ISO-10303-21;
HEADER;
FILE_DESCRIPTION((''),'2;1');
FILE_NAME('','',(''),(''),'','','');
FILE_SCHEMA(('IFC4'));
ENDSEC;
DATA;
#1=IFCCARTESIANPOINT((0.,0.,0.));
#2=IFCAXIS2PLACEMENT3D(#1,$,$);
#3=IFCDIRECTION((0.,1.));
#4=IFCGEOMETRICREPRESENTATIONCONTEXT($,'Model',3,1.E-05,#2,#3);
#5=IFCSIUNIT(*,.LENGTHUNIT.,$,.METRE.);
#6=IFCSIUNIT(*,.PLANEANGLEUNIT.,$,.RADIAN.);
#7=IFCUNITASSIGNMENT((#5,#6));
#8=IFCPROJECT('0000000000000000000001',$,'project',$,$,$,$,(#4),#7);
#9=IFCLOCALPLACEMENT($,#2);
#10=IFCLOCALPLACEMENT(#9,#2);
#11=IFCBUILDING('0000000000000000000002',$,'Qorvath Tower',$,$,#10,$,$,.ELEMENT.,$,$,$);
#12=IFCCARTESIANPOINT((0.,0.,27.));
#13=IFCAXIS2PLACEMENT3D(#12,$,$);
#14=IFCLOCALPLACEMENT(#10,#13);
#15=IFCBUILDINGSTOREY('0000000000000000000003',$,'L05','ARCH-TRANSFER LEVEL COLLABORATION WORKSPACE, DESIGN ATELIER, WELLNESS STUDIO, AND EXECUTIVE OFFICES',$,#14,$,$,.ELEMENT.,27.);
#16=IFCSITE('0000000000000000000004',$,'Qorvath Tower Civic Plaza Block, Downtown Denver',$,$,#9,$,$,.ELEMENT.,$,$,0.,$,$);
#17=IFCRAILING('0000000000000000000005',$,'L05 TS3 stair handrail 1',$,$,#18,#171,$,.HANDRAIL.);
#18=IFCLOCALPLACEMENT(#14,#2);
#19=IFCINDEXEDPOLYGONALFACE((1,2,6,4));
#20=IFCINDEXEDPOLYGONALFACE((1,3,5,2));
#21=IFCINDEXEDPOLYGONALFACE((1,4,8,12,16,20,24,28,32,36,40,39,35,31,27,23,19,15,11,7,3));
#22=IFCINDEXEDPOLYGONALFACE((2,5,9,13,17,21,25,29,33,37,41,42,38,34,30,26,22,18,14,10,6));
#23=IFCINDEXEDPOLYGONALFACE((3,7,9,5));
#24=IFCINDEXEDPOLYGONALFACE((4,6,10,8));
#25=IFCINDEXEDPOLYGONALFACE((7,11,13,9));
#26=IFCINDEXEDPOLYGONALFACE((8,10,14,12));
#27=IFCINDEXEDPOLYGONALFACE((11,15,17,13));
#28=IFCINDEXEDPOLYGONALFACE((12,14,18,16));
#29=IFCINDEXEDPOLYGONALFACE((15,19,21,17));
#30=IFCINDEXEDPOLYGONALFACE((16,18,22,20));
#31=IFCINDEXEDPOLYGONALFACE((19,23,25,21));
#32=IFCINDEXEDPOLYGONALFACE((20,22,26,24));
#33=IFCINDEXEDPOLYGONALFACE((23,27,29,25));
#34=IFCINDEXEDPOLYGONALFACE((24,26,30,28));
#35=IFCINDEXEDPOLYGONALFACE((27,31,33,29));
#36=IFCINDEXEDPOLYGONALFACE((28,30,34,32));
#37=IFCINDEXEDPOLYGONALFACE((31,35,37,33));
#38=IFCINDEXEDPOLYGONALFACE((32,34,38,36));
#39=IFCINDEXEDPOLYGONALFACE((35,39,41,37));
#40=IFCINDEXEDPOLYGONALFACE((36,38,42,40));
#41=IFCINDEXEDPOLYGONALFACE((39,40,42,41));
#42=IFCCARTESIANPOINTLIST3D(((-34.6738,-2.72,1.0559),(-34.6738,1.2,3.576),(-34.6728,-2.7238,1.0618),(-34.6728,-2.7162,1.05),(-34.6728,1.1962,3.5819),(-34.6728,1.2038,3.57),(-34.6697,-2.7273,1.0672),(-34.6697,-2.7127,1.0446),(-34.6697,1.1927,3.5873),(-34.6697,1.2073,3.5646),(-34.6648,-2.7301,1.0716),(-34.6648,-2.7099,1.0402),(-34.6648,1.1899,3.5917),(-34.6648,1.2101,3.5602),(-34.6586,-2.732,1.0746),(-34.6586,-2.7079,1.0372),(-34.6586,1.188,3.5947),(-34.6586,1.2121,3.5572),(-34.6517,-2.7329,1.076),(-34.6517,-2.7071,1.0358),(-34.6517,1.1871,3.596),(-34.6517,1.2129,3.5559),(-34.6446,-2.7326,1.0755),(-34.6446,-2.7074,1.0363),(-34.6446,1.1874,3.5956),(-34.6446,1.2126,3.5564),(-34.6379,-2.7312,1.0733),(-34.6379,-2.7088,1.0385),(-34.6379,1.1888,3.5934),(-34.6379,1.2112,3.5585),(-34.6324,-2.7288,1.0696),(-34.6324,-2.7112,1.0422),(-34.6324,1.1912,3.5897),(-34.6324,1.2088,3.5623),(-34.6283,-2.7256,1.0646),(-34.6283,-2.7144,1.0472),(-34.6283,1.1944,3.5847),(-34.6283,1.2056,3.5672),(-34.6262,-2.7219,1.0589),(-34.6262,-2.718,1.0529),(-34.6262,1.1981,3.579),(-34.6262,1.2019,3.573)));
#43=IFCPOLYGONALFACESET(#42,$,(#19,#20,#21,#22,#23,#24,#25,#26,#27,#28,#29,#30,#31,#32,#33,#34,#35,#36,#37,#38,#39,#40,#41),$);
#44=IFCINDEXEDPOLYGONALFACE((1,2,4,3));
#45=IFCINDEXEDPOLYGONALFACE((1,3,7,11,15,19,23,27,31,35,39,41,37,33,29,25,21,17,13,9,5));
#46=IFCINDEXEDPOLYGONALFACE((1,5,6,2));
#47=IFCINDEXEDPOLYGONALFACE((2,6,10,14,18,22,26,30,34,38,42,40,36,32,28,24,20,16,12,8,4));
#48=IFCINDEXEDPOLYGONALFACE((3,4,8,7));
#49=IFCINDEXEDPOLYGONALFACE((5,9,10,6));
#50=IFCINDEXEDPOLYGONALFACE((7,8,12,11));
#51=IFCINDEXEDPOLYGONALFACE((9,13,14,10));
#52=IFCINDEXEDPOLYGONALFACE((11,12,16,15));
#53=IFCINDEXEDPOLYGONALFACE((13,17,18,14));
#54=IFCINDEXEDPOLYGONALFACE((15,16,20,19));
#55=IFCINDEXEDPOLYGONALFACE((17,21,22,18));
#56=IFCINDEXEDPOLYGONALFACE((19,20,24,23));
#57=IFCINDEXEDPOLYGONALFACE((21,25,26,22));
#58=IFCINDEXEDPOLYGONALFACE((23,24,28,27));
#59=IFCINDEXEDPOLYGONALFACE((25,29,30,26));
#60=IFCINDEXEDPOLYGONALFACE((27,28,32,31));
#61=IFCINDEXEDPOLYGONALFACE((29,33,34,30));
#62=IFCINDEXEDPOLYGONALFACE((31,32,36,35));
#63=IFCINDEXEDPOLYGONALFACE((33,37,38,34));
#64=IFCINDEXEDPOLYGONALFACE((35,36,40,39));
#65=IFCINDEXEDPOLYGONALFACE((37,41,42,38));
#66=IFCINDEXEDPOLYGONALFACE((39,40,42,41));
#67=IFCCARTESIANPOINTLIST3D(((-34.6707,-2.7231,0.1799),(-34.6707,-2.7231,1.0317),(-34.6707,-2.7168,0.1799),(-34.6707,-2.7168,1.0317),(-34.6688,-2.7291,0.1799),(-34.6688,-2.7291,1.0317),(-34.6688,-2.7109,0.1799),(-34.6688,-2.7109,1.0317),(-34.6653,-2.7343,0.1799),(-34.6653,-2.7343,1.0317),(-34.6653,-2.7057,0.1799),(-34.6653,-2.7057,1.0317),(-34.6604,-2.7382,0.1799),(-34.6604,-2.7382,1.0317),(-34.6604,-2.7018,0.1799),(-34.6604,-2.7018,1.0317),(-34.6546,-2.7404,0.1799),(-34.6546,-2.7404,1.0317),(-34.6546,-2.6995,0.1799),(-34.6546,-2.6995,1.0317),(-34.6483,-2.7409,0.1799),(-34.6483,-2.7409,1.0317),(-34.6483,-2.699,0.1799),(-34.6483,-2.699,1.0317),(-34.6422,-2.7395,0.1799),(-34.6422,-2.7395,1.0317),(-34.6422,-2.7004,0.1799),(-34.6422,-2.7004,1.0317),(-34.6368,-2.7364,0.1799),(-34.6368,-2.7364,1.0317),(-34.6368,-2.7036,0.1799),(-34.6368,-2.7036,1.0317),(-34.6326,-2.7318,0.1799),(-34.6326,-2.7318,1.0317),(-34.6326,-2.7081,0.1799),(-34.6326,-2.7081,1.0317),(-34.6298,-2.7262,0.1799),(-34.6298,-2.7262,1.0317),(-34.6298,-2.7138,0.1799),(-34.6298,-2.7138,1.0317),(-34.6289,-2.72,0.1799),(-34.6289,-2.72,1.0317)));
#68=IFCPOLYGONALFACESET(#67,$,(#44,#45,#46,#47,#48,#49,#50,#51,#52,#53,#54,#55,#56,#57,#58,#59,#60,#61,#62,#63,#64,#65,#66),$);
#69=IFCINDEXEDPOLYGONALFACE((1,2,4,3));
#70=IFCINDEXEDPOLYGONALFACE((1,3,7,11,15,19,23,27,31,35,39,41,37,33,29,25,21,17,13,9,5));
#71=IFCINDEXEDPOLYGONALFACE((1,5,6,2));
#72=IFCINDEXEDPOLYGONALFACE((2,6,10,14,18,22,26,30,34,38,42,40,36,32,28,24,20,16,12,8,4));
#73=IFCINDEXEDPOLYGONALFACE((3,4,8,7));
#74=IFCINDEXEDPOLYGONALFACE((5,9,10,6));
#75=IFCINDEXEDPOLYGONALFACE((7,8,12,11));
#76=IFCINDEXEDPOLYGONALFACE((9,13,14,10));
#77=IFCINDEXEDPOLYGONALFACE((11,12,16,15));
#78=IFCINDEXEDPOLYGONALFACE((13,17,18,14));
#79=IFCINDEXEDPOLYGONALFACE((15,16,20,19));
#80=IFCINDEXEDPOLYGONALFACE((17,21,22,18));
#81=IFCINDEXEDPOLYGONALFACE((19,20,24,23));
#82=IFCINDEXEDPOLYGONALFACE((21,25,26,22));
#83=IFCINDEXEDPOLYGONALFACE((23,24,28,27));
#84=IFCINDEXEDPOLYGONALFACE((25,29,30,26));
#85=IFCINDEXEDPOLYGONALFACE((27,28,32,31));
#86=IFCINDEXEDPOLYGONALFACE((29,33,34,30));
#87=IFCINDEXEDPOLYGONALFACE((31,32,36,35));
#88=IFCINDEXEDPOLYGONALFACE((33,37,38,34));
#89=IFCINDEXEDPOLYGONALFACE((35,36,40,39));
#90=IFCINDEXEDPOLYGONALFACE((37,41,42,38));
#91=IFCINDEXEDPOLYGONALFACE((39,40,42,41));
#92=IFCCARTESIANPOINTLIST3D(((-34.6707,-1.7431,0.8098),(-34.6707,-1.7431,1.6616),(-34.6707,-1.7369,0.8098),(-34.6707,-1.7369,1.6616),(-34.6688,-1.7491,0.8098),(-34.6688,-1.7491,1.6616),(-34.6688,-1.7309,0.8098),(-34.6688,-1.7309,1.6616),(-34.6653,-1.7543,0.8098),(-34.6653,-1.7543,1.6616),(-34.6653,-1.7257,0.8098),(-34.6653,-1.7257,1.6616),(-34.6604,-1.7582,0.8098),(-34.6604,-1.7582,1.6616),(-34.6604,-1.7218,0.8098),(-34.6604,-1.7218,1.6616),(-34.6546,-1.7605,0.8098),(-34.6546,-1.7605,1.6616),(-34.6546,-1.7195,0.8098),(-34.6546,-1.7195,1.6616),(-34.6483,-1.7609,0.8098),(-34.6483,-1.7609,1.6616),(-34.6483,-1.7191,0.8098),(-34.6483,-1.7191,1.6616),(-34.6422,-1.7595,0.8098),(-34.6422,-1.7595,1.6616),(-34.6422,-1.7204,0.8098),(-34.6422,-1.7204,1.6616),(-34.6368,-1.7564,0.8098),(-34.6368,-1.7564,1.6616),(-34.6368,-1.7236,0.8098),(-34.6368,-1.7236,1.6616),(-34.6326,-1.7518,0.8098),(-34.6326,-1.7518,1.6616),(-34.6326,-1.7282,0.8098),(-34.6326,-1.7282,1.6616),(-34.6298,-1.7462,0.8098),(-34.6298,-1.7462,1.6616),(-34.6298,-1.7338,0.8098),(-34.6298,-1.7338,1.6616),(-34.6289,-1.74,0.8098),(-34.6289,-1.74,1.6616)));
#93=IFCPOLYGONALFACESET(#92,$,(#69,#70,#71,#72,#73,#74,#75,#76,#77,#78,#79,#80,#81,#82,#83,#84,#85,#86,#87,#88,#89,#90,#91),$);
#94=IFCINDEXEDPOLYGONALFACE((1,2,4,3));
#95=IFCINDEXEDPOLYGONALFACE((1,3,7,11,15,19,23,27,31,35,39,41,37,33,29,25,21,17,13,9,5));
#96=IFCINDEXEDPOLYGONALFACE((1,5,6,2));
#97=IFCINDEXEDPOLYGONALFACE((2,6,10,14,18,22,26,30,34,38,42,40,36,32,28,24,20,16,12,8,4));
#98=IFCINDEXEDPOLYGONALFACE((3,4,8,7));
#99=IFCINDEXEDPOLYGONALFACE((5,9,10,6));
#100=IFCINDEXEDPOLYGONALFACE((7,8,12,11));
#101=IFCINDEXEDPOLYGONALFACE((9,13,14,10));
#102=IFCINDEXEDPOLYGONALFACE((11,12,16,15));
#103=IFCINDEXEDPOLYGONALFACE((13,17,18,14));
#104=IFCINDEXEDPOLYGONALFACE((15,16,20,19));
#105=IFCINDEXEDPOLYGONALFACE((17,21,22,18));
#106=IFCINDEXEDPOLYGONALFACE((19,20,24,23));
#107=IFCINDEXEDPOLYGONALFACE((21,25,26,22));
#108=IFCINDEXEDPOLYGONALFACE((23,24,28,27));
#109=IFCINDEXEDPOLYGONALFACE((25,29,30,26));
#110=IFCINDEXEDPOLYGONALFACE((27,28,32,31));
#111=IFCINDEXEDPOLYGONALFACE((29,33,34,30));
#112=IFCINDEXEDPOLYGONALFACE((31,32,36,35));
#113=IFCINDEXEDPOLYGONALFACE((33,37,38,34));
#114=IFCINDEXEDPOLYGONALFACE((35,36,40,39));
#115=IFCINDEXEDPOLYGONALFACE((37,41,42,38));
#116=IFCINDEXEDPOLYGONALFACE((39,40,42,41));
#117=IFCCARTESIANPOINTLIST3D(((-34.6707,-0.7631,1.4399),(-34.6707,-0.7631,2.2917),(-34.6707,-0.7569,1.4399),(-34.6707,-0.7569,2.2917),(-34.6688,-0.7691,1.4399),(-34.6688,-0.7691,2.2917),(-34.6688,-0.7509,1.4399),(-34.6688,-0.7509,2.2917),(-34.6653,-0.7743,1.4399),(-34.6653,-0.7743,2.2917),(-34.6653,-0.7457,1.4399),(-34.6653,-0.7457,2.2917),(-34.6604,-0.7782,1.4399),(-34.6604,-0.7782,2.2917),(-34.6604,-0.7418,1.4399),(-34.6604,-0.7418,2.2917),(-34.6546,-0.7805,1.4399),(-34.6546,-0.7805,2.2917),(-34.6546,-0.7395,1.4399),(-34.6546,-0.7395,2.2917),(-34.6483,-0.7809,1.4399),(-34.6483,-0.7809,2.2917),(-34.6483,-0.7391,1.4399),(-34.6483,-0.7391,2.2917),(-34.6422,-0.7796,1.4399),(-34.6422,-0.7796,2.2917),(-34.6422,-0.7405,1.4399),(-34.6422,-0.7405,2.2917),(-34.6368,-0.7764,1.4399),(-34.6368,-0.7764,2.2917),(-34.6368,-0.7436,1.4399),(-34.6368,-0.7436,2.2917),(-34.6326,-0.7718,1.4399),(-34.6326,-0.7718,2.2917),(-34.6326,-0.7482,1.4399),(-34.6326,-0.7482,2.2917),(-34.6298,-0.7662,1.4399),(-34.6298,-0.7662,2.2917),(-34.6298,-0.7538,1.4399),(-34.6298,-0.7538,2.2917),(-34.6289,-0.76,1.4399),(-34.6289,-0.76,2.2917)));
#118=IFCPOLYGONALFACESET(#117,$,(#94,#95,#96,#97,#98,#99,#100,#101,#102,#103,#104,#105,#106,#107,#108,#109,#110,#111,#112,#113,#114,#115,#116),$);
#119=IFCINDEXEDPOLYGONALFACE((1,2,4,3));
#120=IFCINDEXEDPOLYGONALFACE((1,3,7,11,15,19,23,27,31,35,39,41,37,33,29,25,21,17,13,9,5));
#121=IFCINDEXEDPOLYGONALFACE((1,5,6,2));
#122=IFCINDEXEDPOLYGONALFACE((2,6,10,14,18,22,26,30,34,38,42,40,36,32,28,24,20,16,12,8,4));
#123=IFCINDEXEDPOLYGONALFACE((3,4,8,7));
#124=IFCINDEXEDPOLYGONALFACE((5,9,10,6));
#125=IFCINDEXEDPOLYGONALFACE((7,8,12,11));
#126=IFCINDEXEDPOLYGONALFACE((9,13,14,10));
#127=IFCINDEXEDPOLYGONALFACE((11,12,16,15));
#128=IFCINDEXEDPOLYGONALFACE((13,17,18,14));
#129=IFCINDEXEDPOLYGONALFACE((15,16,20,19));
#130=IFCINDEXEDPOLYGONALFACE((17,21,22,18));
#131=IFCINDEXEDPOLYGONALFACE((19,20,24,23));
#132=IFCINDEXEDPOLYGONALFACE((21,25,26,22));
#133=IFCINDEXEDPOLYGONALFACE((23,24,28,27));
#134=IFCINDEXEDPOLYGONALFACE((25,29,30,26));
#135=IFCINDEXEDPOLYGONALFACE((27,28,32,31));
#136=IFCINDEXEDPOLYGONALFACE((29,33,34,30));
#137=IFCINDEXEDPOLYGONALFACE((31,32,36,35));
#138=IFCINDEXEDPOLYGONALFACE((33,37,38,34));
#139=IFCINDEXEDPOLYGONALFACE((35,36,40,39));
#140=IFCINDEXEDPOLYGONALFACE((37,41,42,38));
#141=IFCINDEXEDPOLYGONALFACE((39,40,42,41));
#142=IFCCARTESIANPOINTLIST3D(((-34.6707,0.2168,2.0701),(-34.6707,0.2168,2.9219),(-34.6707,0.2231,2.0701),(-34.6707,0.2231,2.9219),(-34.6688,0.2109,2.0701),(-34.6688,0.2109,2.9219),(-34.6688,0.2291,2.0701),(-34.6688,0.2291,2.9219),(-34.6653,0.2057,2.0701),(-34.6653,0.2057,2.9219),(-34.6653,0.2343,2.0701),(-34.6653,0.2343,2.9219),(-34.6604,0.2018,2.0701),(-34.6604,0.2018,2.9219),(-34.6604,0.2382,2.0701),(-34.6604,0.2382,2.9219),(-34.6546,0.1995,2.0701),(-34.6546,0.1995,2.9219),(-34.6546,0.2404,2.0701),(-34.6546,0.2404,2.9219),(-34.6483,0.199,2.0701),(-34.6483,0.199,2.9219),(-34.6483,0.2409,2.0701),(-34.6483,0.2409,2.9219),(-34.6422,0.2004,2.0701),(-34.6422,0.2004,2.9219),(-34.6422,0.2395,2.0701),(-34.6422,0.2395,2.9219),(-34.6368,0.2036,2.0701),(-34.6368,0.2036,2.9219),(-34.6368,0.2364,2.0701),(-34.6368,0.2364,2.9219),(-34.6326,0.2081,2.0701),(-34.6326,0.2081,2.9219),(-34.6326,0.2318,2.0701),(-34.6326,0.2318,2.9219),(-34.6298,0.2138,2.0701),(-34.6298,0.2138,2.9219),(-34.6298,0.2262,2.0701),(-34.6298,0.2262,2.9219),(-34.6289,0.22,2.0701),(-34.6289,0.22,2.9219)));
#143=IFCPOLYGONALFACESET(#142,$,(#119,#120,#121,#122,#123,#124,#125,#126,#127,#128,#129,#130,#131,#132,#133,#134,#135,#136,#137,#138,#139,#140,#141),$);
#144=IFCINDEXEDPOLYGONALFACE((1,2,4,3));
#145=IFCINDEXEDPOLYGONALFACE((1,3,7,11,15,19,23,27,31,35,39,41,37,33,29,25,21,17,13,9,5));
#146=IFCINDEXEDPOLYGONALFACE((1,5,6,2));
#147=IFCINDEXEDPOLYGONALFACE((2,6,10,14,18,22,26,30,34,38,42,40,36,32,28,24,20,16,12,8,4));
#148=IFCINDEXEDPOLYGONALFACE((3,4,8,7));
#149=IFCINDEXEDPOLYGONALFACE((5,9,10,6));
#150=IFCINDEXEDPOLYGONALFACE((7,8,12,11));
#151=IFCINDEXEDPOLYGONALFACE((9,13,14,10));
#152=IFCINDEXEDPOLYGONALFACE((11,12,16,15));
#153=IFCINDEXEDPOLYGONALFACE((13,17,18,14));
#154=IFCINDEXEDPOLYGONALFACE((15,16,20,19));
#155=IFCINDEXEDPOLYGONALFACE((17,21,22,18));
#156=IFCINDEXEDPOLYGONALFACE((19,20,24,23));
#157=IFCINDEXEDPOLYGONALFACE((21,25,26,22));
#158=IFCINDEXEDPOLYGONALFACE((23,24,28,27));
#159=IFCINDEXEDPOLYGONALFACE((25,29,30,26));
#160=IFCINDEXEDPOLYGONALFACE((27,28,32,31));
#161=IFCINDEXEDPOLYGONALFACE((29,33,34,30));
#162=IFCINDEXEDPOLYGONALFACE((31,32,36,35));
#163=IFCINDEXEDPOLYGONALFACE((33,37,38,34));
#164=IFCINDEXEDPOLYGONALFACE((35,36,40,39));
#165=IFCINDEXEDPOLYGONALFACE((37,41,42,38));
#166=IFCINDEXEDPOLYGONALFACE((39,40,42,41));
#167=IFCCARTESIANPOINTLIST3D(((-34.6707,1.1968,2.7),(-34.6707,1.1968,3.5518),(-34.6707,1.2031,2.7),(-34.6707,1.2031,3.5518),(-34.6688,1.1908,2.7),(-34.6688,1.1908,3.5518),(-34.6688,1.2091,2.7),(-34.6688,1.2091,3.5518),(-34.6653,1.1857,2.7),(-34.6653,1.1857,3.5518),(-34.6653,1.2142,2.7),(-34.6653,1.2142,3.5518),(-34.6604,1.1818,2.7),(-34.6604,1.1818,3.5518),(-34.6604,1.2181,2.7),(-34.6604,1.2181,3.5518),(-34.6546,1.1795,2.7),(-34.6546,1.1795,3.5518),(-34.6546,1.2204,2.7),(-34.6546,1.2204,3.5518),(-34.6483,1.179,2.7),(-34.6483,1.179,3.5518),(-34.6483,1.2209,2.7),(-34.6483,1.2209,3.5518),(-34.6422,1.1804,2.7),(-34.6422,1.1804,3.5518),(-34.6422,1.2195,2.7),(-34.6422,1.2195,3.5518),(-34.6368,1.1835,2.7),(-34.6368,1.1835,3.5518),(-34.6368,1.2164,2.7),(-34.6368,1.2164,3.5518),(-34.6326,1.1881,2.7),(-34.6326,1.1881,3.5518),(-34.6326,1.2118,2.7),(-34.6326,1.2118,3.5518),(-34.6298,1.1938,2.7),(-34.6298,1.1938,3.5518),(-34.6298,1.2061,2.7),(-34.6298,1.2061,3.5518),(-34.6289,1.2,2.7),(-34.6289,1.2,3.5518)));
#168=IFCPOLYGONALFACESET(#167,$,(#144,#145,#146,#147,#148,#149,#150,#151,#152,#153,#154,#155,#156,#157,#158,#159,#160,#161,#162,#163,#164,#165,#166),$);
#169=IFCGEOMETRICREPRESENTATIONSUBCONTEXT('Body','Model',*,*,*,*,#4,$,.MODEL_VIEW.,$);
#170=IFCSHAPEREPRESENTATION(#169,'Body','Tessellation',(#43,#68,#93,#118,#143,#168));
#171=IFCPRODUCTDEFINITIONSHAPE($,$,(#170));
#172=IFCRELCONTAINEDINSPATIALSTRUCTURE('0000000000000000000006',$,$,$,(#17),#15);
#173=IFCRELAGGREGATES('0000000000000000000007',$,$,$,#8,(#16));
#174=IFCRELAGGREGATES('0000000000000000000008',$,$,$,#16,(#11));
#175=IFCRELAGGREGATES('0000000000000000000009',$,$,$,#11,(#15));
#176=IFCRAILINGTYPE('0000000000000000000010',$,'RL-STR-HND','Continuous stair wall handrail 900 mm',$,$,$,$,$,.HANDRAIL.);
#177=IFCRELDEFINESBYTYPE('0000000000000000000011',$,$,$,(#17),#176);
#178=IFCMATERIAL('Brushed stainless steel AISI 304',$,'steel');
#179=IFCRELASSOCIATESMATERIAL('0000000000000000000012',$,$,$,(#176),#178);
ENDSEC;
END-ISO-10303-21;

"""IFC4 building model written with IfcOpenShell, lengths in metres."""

from ifc_helpers import new_model, si_unit, direction, frame, origin, origin_2d, place, context, subcontext, project, spatial, circle, extrude, material, type_object, element, save


model = new_model("IFC4")

# Units and contexts
model_context = context("Model", 3, precision=1e-05, world=origin(), true_north=direction((0.0, 1.0)))
body_context = subcontext(model_context, "Body", "Model", "MODEL_VIEW")
ifc_project = project(units=[si_unit("LENGTHUNIT", "METRE"), si_unit("PLANEANGLEUNIT", "RADIAN")], contexts=[model_context])

# Site, building, storey
site_placement = place(None, origin())
site = spatial("IfcSite", under=ifc_project, at=site_placement, Name="Qorvath Tower Civic Plaza Block, Downtown Denver", CompositionType="ELEMENT", RefElevation=0.0)
building_placement = place(site_placement, origin())
building = spatial("IfcBuilding", under=site, at=building_placement, Name="Qorvath Tower", CompositionType="ELEMENT")
storey_placement = place(building_placement, frame((0.0, 0.0, 27.0)))
storey = spatial("IfcBuildingStorey", under=building, at=storey_placement, Name="L05", Description="ARCH-TRANSFER LEVEL COLLABORATION WORKSPACE, DESIGN ATELIER, WELLNESS STUDIO, AND EXECUTIVE OFFICES", CompositionType="ELEMENT", Elevation=27.0)

# Railing
ifc_material_1 = material(Name="Brushed stainless steel AISI 304", Category="steel")
railing_type_1 = type_object("IfcRailingType", Name="RL-STR-HND", Description="Continuous stair wall handrail 900 mm", PredefinedType="HANDRAIL", material=ifc_material_1)
railing_1_placement = place(storey_placement, frame((-34.6499, -2.72, 0.1799)))
element("IfcRailing", 1, at=railing_1_placement, inside=storey, type_object=railing_type_1, Name="L05 TS3 stair handrail 1", PredefinedType="HANDRAIL", context=body_context, shape_type="SweptSolid", body=[
    extrude(circle(Radius=0.0239, at=origin_2d()), frame((0.0, 0.0, 0.876), z_axis=(0.0, 0.841172, 0.540768), x_axis=(-1.0, 0.0, 0.0)), (0.0, 0.0, 1.0), 4.6602),
    extrude(circle(Radius=0.021, at=origin_2d()), origin(), (0.0, 0.0, 1.0), 0.8518),
    extrude(circle(Radius=0.021, at=origin_2d()), frame((0.0, 0.98, 0.6299)), (0.0, 0.0, 1.0), 0.8518),
    extrude(circle(Radius=0.021, at=origin_2d()), frame((0.0, 1.96, 1.26)), (0.0, 0.0, 1.0), 0.8518),
    extrude(circle(Radius=0.021, at=origin_2d()), frame((0.0, 2.9399, 1.8901)), (0.0, 0.0, 1.0), 0.8518),
    extrude(circle(Radius=0.021, at=origin_2d()), frame((0.0, 3.9199, 2.52)), (0.0, 0.0, 1.0), 0.8518),
])

save(model, "model.ifc")
